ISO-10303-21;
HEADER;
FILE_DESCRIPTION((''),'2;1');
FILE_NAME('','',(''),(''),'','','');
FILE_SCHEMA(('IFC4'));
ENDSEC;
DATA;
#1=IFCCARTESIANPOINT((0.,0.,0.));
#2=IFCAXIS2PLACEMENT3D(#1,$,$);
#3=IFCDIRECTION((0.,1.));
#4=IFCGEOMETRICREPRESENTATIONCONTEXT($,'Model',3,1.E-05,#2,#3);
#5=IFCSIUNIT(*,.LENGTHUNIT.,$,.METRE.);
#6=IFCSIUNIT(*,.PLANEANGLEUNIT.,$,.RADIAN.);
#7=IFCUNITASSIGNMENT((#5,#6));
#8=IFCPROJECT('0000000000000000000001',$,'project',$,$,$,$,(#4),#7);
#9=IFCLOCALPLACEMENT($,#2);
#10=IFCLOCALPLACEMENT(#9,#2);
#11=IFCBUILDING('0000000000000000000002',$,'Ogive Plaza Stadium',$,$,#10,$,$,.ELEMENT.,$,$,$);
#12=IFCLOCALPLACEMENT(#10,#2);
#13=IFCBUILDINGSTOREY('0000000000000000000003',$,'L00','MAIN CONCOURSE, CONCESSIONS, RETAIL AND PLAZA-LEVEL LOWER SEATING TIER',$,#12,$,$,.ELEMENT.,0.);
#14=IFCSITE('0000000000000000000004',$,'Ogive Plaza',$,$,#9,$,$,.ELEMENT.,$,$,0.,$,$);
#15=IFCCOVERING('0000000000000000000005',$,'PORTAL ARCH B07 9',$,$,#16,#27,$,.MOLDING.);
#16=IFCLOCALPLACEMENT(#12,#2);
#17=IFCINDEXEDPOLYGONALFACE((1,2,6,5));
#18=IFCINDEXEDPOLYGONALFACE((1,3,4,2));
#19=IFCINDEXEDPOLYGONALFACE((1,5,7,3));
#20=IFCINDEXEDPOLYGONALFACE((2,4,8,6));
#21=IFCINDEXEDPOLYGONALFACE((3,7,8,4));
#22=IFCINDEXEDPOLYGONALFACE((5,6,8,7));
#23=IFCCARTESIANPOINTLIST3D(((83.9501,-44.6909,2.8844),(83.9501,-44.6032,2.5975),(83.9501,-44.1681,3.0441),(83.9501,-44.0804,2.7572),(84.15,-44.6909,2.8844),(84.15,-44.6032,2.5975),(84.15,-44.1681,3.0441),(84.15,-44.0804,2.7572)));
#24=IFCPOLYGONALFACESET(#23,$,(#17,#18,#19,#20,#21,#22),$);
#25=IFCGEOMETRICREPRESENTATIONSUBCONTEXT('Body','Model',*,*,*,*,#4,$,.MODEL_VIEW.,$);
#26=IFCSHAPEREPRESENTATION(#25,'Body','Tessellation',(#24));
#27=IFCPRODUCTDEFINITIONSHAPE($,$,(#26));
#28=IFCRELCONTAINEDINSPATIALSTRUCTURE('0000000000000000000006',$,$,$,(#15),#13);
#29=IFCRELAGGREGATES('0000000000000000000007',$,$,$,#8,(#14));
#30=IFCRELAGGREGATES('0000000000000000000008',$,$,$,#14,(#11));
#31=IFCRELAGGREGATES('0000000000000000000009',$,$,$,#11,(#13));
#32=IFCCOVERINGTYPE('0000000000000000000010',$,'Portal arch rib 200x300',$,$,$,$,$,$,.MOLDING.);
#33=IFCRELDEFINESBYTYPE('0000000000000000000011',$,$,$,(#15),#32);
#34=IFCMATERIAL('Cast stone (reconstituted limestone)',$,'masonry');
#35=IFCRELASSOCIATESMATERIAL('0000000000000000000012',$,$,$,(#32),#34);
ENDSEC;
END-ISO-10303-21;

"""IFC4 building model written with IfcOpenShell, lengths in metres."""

from ifc_helpers import new_model, si_unit, direction, frame, origin, origin_2d, place, context, subcontext, project, spatial, rectangle, extrude, material, material_profile, profile_set, type_object, element, save


model = new_model("IFC4")

# Units and contexts
model_context = context("Model", 3, precision=1e-05, world=origin(), true_north=direction((0.0, 1.0)))
body_context = subcontext(model_context, "Body", "Model", "MODEL_VIEW")
ifc_project = project(units=[si_unit("LENGTHUNIT", "METRE"), si_unit("PLANEANGLEUNIT", "RADIAN")], contexts=[model_context])

# Site, building, storey
site_placement = place(None, origin())
site = spatial("IfcSite", under=ifc_project, at=site_placement, Name="Ogive Plaza", CompositionType="ELEMENT", RefElevation=0.0)
building_placement = place(site_placement, origin())
building = spatial("IfcBuilding", under=site, at=building_placement, Name="Ogive Plaza Stadium", CompositionType="ELEMENT")
storey_placement = place(building_placement, origin())
storey = spatial("IfcBuildingStorey", under=building, at=storey_placement, Name="L00", Description="MAIN CONCOURSE, CONCESSIONS, RETAIL AND PLAZA-LEVEL LOWER SEATING TIER", CompositionType="ELEMENT", Elevation=0.0)

# Covering
ifc_material_1 = material(Name="Cast stone (reconstituted limestone)", Category="masonry")
ifc_material_profile_1 = material_profile(ifc_material_1, rectangle(XDim=0.2, YDim=0.3, at=origin_2d()), Name="Cast stone 200x300")
ifc_profile_set_1 = profile_set([ifc_material_profile_1], Name="Cast stone (reconstituted limestone)")
covering_type = type_object("IfcCoveringType", Name="Portal arch rib 200x300", PredefinedType="MOLDING", material=ifc_profile_set_1)
covering_1_placement = place(storey_placement, frame((84.05, -44.1243, 2.9006), z_axis=(0.0, -0.956376, -0.292139), x_axis=(1.0, 0.0, 0.0)))
element("IfcCovering", 1, at=covering_1_placement, inside=storey, type_object=covering_type, Name="PORTAL ARCH B07 9", PredefinedType="MOLDING", context=body_context, shape_type="SweptSolid", body=[
    extrude(rectangle(XDim=0.2, YDim=0.3, at=origin_2d()), origin(), (0.0, 0.0, 1.0), 0.5466),
])

save(model, "model.ifc")
